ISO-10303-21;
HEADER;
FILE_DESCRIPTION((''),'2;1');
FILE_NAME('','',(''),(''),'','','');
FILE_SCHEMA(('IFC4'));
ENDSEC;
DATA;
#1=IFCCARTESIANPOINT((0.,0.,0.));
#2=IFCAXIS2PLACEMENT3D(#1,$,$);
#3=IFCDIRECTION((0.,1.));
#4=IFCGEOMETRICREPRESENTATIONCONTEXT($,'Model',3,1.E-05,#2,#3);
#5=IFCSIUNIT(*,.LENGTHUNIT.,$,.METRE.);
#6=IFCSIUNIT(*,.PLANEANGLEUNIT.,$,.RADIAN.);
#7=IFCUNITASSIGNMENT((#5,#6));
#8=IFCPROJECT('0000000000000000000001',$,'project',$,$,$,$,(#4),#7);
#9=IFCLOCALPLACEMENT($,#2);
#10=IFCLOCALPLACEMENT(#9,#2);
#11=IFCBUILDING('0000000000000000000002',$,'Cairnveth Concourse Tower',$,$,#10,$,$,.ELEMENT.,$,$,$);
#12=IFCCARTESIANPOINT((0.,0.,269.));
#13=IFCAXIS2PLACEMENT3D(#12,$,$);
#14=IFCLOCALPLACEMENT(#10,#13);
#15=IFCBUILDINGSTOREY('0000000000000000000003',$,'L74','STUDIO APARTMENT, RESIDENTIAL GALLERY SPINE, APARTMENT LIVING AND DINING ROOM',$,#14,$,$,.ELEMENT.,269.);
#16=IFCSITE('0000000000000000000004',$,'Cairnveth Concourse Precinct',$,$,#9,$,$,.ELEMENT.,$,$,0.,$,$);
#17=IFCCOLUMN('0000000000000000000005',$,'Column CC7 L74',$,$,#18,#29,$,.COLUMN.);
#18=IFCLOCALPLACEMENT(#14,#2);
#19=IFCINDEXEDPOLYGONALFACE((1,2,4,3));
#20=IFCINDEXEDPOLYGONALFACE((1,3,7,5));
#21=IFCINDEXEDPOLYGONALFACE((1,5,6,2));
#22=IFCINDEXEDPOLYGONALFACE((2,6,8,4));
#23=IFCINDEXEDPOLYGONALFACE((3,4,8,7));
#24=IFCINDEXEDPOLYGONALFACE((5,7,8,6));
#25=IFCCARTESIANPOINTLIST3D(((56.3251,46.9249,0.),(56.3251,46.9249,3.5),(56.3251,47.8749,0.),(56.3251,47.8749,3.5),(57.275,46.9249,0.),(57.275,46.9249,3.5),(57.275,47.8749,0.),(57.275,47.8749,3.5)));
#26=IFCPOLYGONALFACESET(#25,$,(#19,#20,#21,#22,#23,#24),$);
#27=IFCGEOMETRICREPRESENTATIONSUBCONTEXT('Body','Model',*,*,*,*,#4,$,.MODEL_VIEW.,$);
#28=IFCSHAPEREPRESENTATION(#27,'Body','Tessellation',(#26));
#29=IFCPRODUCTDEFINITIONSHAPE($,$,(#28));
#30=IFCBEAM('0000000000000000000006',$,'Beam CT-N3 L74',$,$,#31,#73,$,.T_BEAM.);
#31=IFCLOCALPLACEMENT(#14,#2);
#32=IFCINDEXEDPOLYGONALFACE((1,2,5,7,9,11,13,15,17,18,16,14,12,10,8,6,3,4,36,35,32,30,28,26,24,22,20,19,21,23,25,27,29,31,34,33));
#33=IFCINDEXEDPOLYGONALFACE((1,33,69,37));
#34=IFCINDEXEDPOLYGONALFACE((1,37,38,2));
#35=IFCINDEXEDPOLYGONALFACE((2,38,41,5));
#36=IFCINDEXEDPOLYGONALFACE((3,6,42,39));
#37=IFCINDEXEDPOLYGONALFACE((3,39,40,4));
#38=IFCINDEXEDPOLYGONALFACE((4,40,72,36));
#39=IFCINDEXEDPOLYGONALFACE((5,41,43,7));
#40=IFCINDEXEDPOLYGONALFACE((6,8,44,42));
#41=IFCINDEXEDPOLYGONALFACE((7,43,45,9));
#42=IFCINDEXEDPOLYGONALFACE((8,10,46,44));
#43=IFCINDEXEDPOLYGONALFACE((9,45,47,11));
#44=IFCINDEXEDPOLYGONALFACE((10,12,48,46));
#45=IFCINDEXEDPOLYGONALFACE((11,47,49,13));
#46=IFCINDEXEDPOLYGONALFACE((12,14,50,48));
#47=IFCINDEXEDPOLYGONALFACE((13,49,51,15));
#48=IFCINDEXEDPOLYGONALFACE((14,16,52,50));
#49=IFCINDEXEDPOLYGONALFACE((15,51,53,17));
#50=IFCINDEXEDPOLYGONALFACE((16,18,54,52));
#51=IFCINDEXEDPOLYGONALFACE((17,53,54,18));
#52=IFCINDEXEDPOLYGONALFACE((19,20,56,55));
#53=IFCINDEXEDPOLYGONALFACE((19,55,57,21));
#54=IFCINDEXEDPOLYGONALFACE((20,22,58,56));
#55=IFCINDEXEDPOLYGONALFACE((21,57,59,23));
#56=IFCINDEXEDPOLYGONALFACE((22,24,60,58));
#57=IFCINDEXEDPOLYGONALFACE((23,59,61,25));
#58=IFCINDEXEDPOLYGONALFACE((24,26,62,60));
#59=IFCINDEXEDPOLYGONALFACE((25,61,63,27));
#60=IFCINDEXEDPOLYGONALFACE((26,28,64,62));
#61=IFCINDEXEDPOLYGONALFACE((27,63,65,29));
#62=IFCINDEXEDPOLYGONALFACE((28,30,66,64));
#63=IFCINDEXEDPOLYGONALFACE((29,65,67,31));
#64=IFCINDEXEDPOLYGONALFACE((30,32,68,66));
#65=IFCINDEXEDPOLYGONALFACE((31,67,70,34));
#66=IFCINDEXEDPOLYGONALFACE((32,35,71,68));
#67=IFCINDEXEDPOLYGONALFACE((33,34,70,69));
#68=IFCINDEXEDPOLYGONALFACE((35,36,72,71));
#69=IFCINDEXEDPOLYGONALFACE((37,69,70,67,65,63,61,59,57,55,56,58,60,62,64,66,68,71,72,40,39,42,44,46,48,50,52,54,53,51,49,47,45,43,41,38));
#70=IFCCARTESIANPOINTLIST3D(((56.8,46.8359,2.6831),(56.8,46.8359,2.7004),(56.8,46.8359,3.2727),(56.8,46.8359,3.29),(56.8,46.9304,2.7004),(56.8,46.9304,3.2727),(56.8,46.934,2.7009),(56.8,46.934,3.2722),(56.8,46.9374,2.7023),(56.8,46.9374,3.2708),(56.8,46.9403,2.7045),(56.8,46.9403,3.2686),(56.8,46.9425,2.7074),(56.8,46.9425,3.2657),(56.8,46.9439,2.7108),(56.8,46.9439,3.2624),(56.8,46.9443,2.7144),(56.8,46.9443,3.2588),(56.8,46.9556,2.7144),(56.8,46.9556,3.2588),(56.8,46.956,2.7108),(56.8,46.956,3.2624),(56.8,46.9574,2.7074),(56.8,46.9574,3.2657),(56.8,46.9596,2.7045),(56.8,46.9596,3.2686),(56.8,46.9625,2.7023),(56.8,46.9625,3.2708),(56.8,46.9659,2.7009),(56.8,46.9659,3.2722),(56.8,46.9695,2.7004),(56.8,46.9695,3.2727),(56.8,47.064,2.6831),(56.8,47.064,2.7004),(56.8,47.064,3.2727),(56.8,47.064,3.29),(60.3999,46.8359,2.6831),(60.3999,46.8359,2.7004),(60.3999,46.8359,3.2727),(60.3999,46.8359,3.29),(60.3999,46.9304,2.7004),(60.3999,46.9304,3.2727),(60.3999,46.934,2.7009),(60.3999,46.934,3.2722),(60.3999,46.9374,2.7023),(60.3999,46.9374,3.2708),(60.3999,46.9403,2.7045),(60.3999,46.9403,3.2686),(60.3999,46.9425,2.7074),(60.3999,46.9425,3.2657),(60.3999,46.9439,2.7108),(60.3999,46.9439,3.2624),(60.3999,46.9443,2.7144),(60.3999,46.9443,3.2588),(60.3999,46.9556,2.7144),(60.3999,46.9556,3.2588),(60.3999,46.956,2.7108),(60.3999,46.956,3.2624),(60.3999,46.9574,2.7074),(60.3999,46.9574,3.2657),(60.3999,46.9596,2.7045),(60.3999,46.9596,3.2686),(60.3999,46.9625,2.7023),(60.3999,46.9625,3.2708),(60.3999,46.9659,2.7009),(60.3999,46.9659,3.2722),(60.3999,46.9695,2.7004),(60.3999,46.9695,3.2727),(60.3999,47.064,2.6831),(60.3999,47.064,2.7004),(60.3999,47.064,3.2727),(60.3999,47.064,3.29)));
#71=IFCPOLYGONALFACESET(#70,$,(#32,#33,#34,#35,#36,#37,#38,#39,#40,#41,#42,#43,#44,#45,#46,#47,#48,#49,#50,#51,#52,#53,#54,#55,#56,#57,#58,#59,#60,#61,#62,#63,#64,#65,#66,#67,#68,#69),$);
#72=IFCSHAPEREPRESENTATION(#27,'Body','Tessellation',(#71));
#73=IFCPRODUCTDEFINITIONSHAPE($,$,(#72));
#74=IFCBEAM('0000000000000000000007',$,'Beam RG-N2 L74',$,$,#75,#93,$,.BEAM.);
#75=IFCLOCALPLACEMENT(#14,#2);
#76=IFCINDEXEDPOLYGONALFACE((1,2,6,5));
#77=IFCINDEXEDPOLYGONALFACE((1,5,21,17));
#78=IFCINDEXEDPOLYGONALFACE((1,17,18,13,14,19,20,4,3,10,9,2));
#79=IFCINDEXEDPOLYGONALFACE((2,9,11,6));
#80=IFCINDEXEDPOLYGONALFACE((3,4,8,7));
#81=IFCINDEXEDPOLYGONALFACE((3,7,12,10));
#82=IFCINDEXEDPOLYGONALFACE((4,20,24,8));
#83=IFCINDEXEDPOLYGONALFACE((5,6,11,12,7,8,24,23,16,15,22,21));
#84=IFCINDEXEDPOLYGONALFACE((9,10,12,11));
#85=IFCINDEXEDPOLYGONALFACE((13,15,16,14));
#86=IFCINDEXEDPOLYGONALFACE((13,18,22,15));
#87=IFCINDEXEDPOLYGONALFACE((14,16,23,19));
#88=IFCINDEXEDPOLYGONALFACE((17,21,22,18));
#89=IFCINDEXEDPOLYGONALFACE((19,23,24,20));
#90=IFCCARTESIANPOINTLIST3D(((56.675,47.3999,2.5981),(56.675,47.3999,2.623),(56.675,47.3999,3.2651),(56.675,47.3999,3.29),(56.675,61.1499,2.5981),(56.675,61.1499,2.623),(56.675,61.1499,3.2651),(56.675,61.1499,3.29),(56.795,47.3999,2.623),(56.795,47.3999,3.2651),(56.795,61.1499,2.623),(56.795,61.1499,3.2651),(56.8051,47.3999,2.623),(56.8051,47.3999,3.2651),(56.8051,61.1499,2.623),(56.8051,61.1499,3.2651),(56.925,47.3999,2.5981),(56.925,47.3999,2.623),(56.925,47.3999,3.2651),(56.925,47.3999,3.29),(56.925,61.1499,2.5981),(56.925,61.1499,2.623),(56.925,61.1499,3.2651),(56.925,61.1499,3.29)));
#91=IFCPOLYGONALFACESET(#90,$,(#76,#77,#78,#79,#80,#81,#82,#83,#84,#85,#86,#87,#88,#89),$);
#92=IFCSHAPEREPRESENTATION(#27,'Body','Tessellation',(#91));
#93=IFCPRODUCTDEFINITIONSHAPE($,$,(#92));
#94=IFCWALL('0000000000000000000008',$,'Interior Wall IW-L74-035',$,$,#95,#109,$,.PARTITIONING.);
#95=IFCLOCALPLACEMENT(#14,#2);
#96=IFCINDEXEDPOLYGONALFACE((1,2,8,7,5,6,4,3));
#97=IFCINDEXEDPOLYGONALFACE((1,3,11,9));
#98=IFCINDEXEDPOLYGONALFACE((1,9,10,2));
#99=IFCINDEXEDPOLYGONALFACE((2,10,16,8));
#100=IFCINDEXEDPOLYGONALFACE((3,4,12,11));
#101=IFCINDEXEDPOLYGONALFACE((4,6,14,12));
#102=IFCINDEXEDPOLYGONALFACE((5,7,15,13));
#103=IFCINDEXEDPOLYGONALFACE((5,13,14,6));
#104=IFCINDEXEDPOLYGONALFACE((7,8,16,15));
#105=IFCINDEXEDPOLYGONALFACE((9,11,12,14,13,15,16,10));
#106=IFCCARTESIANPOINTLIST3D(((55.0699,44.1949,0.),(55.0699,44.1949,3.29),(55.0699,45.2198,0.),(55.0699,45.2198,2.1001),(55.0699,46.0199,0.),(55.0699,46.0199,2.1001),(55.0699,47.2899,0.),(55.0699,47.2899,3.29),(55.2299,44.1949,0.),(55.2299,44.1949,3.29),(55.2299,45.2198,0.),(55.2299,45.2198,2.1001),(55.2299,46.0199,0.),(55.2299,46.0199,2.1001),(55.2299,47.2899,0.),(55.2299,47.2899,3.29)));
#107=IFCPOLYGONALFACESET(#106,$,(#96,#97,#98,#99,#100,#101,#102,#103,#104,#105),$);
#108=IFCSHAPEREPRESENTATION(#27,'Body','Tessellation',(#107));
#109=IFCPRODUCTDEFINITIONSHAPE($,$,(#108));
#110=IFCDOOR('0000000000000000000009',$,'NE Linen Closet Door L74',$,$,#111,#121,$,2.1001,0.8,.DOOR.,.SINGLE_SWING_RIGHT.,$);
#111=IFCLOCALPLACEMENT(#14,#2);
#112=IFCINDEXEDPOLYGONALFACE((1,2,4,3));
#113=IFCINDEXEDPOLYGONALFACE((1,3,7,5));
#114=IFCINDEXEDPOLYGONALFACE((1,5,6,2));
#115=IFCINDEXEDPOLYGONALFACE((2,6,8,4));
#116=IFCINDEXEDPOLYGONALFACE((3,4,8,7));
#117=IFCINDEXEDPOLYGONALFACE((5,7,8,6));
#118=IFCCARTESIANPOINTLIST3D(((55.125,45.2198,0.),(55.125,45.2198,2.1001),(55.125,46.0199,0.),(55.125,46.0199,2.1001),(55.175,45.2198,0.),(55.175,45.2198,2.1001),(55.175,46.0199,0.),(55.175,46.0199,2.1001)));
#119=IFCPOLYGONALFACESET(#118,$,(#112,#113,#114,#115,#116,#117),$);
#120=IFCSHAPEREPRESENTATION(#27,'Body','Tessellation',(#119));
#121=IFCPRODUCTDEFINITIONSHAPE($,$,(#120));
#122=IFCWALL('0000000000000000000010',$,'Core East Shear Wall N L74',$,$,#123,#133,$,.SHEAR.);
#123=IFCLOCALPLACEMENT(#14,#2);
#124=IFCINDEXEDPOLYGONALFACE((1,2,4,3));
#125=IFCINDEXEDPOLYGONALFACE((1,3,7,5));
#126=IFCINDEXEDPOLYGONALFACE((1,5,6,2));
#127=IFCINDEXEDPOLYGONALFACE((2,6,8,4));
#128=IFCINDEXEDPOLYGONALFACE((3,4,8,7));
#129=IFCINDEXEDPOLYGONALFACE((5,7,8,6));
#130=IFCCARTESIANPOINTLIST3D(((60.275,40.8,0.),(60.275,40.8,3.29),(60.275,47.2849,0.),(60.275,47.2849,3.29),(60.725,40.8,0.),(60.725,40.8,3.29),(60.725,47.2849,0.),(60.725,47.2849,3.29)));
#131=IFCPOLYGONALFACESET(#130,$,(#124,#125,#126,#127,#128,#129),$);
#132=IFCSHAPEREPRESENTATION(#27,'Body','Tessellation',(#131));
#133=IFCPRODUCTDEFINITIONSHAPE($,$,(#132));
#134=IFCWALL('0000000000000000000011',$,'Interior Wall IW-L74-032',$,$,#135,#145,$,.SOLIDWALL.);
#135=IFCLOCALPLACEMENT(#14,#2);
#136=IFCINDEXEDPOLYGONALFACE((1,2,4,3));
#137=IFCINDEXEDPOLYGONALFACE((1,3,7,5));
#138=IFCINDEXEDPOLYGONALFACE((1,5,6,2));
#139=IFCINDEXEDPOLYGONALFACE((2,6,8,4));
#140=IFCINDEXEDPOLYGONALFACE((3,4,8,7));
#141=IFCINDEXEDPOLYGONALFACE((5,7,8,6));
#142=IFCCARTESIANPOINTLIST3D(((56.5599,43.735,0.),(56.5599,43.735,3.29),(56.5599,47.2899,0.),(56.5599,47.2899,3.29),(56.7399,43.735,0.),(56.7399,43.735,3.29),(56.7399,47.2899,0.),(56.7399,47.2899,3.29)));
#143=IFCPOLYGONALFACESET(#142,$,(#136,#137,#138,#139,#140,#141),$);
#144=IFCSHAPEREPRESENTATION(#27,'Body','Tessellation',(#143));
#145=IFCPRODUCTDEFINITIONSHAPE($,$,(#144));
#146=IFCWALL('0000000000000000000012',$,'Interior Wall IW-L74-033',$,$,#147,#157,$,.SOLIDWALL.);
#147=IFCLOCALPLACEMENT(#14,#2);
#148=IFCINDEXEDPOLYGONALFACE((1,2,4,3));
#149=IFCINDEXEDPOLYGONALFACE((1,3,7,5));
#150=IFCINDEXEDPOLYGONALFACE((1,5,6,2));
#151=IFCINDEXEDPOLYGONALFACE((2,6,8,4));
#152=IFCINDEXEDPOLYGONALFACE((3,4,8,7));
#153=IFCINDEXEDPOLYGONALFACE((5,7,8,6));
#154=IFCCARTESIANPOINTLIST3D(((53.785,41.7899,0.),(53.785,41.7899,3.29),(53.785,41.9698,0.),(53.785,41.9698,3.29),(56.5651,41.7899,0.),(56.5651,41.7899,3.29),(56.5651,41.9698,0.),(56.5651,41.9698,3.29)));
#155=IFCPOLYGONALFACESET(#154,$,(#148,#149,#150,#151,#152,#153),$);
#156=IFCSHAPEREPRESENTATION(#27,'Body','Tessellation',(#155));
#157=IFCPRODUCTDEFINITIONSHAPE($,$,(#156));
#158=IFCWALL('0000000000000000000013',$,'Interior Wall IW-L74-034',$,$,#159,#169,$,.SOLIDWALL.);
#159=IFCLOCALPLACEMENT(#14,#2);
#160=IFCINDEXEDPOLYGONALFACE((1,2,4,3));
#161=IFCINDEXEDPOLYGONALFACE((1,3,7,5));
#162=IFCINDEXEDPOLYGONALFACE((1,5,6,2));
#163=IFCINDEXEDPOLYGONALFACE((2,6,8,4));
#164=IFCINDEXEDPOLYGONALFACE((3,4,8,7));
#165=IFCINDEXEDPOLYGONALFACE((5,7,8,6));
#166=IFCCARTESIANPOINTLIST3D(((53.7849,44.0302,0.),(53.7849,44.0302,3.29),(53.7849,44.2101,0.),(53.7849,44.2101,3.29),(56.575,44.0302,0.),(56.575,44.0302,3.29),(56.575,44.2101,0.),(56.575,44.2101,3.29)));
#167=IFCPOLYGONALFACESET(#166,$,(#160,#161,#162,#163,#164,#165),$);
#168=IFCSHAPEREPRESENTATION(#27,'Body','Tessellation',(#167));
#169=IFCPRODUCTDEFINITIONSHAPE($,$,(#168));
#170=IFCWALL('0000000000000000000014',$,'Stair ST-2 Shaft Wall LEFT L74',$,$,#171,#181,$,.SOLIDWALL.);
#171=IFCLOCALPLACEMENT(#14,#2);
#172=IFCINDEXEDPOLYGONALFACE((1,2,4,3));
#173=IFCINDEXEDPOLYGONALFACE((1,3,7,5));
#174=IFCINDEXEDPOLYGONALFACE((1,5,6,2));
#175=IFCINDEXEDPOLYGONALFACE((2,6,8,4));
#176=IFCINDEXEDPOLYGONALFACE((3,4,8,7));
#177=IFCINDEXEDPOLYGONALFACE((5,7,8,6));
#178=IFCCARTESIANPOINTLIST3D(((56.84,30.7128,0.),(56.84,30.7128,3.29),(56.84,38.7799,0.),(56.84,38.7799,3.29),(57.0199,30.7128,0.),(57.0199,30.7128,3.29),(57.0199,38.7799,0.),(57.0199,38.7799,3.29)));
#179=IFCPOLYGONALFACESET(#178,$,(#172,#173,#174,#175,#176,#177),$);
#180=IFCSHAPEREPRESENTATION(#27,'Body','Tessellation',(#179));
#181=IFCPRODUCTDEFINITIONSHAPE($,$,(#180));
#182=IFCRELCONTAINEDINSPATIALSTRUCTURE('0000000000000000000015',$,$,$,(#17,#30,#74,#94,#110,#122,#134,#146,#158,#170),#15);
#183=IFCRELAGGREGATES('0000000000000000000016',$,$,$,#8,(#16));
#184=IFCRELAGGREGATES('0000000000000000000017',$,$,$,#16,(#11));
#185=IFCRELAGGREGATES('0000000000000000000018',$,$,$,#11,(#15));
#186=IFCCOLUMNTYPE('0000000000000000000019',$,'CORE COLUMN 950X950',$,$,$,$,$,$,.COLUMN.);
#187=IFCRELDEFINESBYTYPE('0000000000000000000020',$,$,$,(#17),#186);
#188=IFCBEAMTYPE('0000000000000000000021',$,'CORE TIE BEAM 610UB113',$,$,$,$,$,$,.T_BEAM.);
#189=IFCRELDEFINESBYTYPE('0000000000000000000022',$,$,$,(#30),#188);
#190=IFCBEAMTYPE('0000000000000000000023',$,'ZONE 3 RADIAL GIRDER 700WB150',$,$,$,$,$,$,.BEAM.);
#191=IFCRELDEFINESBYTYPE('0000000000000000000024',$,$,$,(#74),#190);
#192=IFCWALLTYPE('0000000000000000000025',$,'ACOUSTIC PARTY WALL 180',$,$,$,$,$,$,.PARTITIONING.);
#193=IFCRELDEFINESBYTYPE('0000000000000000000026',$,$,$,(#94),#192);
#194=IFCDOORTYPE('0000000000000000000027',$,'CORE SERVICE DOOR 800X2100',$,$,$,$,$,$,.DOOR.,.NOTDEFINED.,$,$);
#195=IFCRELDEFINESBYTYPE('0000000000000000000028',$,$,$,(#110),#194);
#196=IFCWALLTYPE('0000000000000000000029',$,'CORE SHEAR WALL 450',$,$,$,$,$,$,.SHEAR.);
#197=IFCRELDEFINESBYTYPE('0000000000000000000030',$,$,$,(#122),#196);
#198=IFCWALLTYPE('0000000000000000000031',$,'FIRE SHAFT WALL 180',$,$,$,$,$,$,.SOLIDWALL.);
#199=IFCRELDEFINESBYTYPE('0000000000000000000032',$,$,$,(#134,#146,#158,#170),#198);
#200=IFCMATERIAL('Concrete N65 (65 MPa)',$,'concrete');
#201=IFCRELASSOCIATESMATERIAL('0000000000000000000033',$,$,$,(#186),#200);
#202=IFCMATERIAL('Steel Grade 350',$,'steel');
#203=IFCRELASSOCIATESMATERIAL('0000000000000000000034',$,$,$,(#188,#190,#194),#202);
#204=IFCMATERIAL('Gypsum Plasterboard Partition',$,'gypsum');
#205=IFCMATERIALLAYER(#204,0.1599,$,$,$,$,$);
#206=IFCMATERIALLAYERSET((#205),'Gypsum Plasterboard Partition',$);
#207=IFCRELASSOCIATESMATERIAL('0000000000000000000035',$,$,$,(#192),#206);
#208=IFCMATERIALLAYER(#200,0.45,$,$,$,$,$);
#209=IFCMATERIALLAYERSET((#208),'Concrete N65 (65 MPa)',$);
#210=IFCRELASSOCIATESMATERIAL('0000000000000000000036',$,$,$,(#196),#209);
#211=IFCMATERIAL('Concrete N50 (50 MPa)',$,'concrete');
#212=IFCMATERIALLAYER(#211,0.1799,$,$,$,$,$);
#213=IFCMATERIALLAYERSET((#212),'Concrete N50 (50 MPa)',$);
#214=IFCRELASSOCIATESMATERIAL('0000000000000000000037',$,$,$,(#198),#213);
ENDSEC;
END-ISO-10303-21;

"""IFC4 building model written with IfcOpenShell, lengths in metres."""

from ifc_helpers import new_model, si_unit, direction, frame, frame_2d, origin, origin_2d, place, context, subcontext, project, spatial, rectangle, i_section, extrude, material, layer, layer_set, material_profile, profile_set, type_object, element, fill, save


model = new_model("IFC4")

# Units and contexts
model_context = context("Model", 3, precision=1e-05, world=origin(), true_north=direction((0.0, 1.0)))
body_context = subcontext(model_context, "Body", "Model", "MODEL_VIEW")
ifc_project = project(units=[si_unit("LENGTHUNIT", "METRE"), si_unit("PLANEANGLEUNIT", "RADIAN")], contexts=[model_context])

# Site, building, storey
site_placement = place(None, origin())
site = spatial("IfcSite", under=ifc_project, at=site_placement, Name="Cairnveth Concourse Precinct", CompositionType="ELEMENT", RefElevation=0.0)
building_placement = place(site_placement, origin())
building = spatial("IfcBuilding", under=site, at=building_placement, Name="Cairnveth Concourse Tower", CompositionType="ELEMENT")
storey_placement = place(building_placement, frame((0.0, 0.0, 269.0)))
storey = spatial("IfcBuildingStorey", under=building, at=storey_placement, Name="L74", Description="STUDIO APARTMENT, RESIDENTIAL GALLERY SPINE, APARTMENT LIVING AND DINING ROOM", CompositionType="ELEMENT", Elevation=269.0)

# Column
ifc_material_1 = material(Name="Concrete N65 (65 MPa)", Category="concrete")
ifc_material_profile_1 = material_profile(ifc_material_1, rectangle(XDim=0.95, YDim=0.95, at=origin_2d()), Name="RC-COL-950x950")
ifc_profile_set_1 = profile_set([ifc_material_profile_1], Name="Concrete N65 (65 MPa)")
column_type = type_object("IfcColumnType", Name="CORE COLUMN 950X950", PredefinedType="COLUMN", material=ifc_profile_set_1)
column_placement = place(storey_placement, frame((56.8, 47.3999, 0.0), z_axis=(0.0, 0.0, 1.0), x_axis=(1.0, 0.0, 0.0)))
element("IfcColumn", 1, at=column_placement, inside=storey, type_object=column_type, Name="Column CC7 L74", PredefinedType="COLUMN", context=body_context, shape_type="SweptSolid", body=[
    extrude(rectangle(XDim=0.95, YDim=0.95, at=origin_2d()), origin(), (0.0, 0.0, 1.0), 3.5),
])

# Beams
ifc_material_2 = material(Name="Steel Grade 350", Category="steel")
ifc_material_profile_2 = material_profile(ifc_material_2, i_section(OverallWidth=0.228, OverallDepth=0.6069, WebThickness=0.0112, FlangeThickness=0.0173, FilletRadius=0.0139, at=origin_2d()), Name="610UB113")
ifc_profile_set_2 = profile_set([ifc_material_profile_2], Name="Steel Grade 350")
beam_type_1 = type_object("IfcBeamType", Name="CORE TIE BEAM 610UB113", PredefinedType="T_BEAM", material=ifc_profile_set_2)
beam_1_placement = place(storey_placement, frame((56.8, 46.95, 2.9866), z_axis=(1.0, 0.0, 0.0), x_axis=(0.0, 1.0, 0.0)))
element("IfcBeam", 2, at=beam_1_placement, inside=storey, type_object=beam_type_1, Name="Beam CT-N3 L74", PredefinedType="T_BEAM", context=body_context, shape_type="SweptSolid", body=[
    extrude(i_section(OverallWidth=0.228, OverallDepth=0.6069, WebThickness=0.0112, FlangeThickness=0.0173, FilletRadius=0.0139, at=origin_2d()), origin(), (0.0, 0.0, 1.0), 3.5999),
])
ifc_material_profile_3 = material_profile(ifc_material_2, i_section(OverallWidth=0.25, OverallDepth=0.6919, WebThickness=0.01, FlangeThickness=0.0249, at=origin_2d()), Name="700WB150")
ifc_profile_set_3 = profile_set([ifc_material_profile_3], Name="Steel Grade 350")
beam_type_2 = type_object("IfcBeamType", Name="ZONE 3 RADIAL GIRDER 700WB150", PredefinedType="BEAM", material=ifc_profile_set_3)
beam_2_placement = place(storey_placement, frame((56.8, 47.3999, 2.9441), z_axis=(0.0, 1.0, 0.0), x_axis=(-1.0, 0.0, 0.0)))
element("IfcBeam", 3, at=beam_2_placement, inside=storey, type_object=beam_type_2, Name="Beam RG-N2 L74", PredefinedType="BEAM", context=body_context, shape_type="SweptSolid", body=[
    extrude(i_section(OverallWidth=0.25, OverallDepth=0.6919, WebThickness=0.01, FlangeThickness=0.0249, at=origin_2d()), origin(), (0.0, 0.0, 1.0), 13.75),
])

# Wall, opening, door
ifc_material_3 = material(Name="Gypsum Plasterboard Partition", Category="gypsum")
ifc_layer_1 = layer(ifc_material_3, 0.1599)
ifc_layer_set_1 = layer_set([ifc_layer_1], Name="Gypsum Plasterboard Partition")
wall_type_1 = type_object("IfcWallType", Name="ACOUSTIC PARTY WALL 180", PredefinedType="PARTITIONING", material=ifc_layer_set_1)
wall_1_placement = place(storey_placement, frame((55.1499, 44.1951, 0.0), z_axis=(0.0, 0.0, 1.0), x_axis=(0.0, 1.0, 0.0)))
wall_1 = element("IfcWall", 4, at=wall_1_placement, inside=storey, type_object=wall_type_1, Name="Interior Wall IW-L74-035", PredefinedType="PARTITIONING", context=body_context, shape_type="SweptSolid", body=[
    extrude(rectangle(XDim=3.095, YDim=0.1599, at=frame_2d((1.5474, 0.0))), origin(), (0.0, 0.0, 1.0), 3.29),
])
opening_1_placement = place(wall_1_placement, frame((1.0249, 0.0, 0.0)))
opening_1 = element("IfcOpeningElement", 5, at=opening_1_placement, cuts=wall_1, PredefinedType="OPENING", context=body_context, shape_type="SweptSolid", body=[
    extrude(rectangle(XDim=0.8, YDim=2.1001, at=frame_2d((0.3999, 1.05))), frame((0.0, 0.0898, 0.0), z_axis=(0.0, -1.0, 0.0), x_axis=(1.0, 0.0, 0.0)), (0.0, 0.0, 1.0), 0.1799),
])
door_type_1 = type_object("IfcDoorType", Name="CORE SERVICE DOOR 800X2100", OperationType="NOTDEFINED", PredefinedType="DOOR", material=ifc_material_2)
door_1_placement = place(opening_1_placement, origin())
door_1 = element("IfcDoor", 6, at=door_1_placement, inside=storey, type_object=door_type_1, Name="NE Linen Closet Door L74", OperationType="SINGLE_SWING_RIGHT", OverallHeight=2.1001, OverallWidth=0.8, PredefinedType="DOOR", context=body_context, shape_type="SweptSolid", body=[
    extrude(rectangle(XDim=0.8, YDim=2.1001, at=frame_2d((0.3999, 1.05))), frame((0.0, 0.0249, 0.0), z_axis=(0.0, -1.0, 0.0), x_axis=(1.0, 0.0, 0.0)), (0.0, 0.0, 1.0), 0.05),
])
fill(opening_1, door_1)

# Walls
ifc_layer_2 = layer(ifc_material_1, 0.45)
ifc_layer_set_2 = layer_set([ifc_layer_2], Name="Concrete N65 (65 MPa)")
wall_type_2 = type_object("IfcWallType", Name="CORE SHEAR WALL 450", PredefinedType="SHEAR", material=ifc_layer_set_2)
wall_2_placement = place(storey_placement, frame((60.5, 40.8, 0.0), z_axis=(0.0, 0.0, 1.0), x_axis=(0.0, 1.0, 0.0)))
element("IfcWall", 7, at=wall_2_placement, inside=storey, type_object=wall_type_2, Name="Core East Shear Wall N L74", PredefinedType="SHEAR", context=body_context, shape_type="SweptSolid", body=[
    extrude(rectangle(XDim=6.4849, YDim=0.45, at=frame_2d((3.2424, 0.0))), origin(), (0.0, 0.0, 1.0), 3.29),
])
ifc_material_4 = material(Name="Concrete N50 (50 MPa)", Category="concrete")
ifc_layer_3 = layer(ifc_material_4, 0.1799)
ifc_layer_set_3 = layer_set([ifc_layer_3], Name="Concrete N50 (50 MPa)")
wall_type_3 = type_object("IfcWallType", Name="FIRE SHAFT WALL 180", PredefinedType="SOLIDWALL", material=ifc_layer_set_3)
wall_3_placement = place(storey_placement, frame((56.6499, 43.7351, 0.0), z_axis=(0.0, 0.0, 1.0), x_axis=(0.0, 1.0, 0.0)))
element("IfcWall", 8, at=wall_3_placement, inside=storey, type_object=wall_type_3, Name="Interior Wall IW-L74-032", PredefinedType="SOLIDWALL", context=body_context, shape_type="SweptSolid", body=[
    extrude(rectangle(XDim=3.5549, YDim=0.1799, at=frame_2d((1.7773, 0.0))), origin(), (0.0, 0.0, 1.0), 3.29),
])
wall_4_placement = place(storey_placement, frame((53.7849, 41.8799, 0.0), z_axis=(0.0, 0.0, 1.0), x_axis=(1.0, 0.0, 0.0)))
element("IfcWall", 9, at=wall_4_placement, inside=storey, type_object=wall_type_3, Name="Interior Wall IW-L74-033", PredefinedType="SOLIDWALL", context=body_context, shape_type="SweptSolid", body=[
    extrude(rectangle(XDim=2.78, YDim=0.1799, at=frame_2d((1.3901, 0.0))), origin(), (0.0, 0.0, 1.0), 3.29),
])
wall_5_placement = place(storey_placement, frame((53.7849, 44.1201, 0.0), z_axis=(0.0, 0.0, 1.0), x_axis=(1.0, 0.0, 0.0)))
element("IfcWall", 10, at=wall_5_placement, inside=storey, type_object=wall_type_3, Name="Interior Wall IW-L74-034", PredefinedType="SOLIDWALL", context=body_context, shape_type="SweptSolid", body=[
    extrude(rectangle(XDim=2.79, YDim=0.1799, at=frame_2d((1.395, 0.0))), origin(), (0.0, 0.0, 1.0), 3.29),
])
wall_6_placement = place(storey_placement, frame((56.9299, 38.78, 0.0), z_axis=(0.0, 0.0, 1.0), x_axis=(0.0, -1.0, 0.0)))
element("IfcWall", 11, at=wall_6_placement, inside=storey, type_object=wall_type_3, Name="Stair ST-2 Shaft Wall LEFT L74", PredefinedType="SOLIDWALL", context=body_context, shape_type="SweptSolid", body=[
    extrude(rectangle(XDim=8.0671, YDim=0.1799, at=frame_2d((4.0337, 0.0))), origin(), (0.0, 0.0, 1.0), 3.29),
])

save(model, "model.ifc")
